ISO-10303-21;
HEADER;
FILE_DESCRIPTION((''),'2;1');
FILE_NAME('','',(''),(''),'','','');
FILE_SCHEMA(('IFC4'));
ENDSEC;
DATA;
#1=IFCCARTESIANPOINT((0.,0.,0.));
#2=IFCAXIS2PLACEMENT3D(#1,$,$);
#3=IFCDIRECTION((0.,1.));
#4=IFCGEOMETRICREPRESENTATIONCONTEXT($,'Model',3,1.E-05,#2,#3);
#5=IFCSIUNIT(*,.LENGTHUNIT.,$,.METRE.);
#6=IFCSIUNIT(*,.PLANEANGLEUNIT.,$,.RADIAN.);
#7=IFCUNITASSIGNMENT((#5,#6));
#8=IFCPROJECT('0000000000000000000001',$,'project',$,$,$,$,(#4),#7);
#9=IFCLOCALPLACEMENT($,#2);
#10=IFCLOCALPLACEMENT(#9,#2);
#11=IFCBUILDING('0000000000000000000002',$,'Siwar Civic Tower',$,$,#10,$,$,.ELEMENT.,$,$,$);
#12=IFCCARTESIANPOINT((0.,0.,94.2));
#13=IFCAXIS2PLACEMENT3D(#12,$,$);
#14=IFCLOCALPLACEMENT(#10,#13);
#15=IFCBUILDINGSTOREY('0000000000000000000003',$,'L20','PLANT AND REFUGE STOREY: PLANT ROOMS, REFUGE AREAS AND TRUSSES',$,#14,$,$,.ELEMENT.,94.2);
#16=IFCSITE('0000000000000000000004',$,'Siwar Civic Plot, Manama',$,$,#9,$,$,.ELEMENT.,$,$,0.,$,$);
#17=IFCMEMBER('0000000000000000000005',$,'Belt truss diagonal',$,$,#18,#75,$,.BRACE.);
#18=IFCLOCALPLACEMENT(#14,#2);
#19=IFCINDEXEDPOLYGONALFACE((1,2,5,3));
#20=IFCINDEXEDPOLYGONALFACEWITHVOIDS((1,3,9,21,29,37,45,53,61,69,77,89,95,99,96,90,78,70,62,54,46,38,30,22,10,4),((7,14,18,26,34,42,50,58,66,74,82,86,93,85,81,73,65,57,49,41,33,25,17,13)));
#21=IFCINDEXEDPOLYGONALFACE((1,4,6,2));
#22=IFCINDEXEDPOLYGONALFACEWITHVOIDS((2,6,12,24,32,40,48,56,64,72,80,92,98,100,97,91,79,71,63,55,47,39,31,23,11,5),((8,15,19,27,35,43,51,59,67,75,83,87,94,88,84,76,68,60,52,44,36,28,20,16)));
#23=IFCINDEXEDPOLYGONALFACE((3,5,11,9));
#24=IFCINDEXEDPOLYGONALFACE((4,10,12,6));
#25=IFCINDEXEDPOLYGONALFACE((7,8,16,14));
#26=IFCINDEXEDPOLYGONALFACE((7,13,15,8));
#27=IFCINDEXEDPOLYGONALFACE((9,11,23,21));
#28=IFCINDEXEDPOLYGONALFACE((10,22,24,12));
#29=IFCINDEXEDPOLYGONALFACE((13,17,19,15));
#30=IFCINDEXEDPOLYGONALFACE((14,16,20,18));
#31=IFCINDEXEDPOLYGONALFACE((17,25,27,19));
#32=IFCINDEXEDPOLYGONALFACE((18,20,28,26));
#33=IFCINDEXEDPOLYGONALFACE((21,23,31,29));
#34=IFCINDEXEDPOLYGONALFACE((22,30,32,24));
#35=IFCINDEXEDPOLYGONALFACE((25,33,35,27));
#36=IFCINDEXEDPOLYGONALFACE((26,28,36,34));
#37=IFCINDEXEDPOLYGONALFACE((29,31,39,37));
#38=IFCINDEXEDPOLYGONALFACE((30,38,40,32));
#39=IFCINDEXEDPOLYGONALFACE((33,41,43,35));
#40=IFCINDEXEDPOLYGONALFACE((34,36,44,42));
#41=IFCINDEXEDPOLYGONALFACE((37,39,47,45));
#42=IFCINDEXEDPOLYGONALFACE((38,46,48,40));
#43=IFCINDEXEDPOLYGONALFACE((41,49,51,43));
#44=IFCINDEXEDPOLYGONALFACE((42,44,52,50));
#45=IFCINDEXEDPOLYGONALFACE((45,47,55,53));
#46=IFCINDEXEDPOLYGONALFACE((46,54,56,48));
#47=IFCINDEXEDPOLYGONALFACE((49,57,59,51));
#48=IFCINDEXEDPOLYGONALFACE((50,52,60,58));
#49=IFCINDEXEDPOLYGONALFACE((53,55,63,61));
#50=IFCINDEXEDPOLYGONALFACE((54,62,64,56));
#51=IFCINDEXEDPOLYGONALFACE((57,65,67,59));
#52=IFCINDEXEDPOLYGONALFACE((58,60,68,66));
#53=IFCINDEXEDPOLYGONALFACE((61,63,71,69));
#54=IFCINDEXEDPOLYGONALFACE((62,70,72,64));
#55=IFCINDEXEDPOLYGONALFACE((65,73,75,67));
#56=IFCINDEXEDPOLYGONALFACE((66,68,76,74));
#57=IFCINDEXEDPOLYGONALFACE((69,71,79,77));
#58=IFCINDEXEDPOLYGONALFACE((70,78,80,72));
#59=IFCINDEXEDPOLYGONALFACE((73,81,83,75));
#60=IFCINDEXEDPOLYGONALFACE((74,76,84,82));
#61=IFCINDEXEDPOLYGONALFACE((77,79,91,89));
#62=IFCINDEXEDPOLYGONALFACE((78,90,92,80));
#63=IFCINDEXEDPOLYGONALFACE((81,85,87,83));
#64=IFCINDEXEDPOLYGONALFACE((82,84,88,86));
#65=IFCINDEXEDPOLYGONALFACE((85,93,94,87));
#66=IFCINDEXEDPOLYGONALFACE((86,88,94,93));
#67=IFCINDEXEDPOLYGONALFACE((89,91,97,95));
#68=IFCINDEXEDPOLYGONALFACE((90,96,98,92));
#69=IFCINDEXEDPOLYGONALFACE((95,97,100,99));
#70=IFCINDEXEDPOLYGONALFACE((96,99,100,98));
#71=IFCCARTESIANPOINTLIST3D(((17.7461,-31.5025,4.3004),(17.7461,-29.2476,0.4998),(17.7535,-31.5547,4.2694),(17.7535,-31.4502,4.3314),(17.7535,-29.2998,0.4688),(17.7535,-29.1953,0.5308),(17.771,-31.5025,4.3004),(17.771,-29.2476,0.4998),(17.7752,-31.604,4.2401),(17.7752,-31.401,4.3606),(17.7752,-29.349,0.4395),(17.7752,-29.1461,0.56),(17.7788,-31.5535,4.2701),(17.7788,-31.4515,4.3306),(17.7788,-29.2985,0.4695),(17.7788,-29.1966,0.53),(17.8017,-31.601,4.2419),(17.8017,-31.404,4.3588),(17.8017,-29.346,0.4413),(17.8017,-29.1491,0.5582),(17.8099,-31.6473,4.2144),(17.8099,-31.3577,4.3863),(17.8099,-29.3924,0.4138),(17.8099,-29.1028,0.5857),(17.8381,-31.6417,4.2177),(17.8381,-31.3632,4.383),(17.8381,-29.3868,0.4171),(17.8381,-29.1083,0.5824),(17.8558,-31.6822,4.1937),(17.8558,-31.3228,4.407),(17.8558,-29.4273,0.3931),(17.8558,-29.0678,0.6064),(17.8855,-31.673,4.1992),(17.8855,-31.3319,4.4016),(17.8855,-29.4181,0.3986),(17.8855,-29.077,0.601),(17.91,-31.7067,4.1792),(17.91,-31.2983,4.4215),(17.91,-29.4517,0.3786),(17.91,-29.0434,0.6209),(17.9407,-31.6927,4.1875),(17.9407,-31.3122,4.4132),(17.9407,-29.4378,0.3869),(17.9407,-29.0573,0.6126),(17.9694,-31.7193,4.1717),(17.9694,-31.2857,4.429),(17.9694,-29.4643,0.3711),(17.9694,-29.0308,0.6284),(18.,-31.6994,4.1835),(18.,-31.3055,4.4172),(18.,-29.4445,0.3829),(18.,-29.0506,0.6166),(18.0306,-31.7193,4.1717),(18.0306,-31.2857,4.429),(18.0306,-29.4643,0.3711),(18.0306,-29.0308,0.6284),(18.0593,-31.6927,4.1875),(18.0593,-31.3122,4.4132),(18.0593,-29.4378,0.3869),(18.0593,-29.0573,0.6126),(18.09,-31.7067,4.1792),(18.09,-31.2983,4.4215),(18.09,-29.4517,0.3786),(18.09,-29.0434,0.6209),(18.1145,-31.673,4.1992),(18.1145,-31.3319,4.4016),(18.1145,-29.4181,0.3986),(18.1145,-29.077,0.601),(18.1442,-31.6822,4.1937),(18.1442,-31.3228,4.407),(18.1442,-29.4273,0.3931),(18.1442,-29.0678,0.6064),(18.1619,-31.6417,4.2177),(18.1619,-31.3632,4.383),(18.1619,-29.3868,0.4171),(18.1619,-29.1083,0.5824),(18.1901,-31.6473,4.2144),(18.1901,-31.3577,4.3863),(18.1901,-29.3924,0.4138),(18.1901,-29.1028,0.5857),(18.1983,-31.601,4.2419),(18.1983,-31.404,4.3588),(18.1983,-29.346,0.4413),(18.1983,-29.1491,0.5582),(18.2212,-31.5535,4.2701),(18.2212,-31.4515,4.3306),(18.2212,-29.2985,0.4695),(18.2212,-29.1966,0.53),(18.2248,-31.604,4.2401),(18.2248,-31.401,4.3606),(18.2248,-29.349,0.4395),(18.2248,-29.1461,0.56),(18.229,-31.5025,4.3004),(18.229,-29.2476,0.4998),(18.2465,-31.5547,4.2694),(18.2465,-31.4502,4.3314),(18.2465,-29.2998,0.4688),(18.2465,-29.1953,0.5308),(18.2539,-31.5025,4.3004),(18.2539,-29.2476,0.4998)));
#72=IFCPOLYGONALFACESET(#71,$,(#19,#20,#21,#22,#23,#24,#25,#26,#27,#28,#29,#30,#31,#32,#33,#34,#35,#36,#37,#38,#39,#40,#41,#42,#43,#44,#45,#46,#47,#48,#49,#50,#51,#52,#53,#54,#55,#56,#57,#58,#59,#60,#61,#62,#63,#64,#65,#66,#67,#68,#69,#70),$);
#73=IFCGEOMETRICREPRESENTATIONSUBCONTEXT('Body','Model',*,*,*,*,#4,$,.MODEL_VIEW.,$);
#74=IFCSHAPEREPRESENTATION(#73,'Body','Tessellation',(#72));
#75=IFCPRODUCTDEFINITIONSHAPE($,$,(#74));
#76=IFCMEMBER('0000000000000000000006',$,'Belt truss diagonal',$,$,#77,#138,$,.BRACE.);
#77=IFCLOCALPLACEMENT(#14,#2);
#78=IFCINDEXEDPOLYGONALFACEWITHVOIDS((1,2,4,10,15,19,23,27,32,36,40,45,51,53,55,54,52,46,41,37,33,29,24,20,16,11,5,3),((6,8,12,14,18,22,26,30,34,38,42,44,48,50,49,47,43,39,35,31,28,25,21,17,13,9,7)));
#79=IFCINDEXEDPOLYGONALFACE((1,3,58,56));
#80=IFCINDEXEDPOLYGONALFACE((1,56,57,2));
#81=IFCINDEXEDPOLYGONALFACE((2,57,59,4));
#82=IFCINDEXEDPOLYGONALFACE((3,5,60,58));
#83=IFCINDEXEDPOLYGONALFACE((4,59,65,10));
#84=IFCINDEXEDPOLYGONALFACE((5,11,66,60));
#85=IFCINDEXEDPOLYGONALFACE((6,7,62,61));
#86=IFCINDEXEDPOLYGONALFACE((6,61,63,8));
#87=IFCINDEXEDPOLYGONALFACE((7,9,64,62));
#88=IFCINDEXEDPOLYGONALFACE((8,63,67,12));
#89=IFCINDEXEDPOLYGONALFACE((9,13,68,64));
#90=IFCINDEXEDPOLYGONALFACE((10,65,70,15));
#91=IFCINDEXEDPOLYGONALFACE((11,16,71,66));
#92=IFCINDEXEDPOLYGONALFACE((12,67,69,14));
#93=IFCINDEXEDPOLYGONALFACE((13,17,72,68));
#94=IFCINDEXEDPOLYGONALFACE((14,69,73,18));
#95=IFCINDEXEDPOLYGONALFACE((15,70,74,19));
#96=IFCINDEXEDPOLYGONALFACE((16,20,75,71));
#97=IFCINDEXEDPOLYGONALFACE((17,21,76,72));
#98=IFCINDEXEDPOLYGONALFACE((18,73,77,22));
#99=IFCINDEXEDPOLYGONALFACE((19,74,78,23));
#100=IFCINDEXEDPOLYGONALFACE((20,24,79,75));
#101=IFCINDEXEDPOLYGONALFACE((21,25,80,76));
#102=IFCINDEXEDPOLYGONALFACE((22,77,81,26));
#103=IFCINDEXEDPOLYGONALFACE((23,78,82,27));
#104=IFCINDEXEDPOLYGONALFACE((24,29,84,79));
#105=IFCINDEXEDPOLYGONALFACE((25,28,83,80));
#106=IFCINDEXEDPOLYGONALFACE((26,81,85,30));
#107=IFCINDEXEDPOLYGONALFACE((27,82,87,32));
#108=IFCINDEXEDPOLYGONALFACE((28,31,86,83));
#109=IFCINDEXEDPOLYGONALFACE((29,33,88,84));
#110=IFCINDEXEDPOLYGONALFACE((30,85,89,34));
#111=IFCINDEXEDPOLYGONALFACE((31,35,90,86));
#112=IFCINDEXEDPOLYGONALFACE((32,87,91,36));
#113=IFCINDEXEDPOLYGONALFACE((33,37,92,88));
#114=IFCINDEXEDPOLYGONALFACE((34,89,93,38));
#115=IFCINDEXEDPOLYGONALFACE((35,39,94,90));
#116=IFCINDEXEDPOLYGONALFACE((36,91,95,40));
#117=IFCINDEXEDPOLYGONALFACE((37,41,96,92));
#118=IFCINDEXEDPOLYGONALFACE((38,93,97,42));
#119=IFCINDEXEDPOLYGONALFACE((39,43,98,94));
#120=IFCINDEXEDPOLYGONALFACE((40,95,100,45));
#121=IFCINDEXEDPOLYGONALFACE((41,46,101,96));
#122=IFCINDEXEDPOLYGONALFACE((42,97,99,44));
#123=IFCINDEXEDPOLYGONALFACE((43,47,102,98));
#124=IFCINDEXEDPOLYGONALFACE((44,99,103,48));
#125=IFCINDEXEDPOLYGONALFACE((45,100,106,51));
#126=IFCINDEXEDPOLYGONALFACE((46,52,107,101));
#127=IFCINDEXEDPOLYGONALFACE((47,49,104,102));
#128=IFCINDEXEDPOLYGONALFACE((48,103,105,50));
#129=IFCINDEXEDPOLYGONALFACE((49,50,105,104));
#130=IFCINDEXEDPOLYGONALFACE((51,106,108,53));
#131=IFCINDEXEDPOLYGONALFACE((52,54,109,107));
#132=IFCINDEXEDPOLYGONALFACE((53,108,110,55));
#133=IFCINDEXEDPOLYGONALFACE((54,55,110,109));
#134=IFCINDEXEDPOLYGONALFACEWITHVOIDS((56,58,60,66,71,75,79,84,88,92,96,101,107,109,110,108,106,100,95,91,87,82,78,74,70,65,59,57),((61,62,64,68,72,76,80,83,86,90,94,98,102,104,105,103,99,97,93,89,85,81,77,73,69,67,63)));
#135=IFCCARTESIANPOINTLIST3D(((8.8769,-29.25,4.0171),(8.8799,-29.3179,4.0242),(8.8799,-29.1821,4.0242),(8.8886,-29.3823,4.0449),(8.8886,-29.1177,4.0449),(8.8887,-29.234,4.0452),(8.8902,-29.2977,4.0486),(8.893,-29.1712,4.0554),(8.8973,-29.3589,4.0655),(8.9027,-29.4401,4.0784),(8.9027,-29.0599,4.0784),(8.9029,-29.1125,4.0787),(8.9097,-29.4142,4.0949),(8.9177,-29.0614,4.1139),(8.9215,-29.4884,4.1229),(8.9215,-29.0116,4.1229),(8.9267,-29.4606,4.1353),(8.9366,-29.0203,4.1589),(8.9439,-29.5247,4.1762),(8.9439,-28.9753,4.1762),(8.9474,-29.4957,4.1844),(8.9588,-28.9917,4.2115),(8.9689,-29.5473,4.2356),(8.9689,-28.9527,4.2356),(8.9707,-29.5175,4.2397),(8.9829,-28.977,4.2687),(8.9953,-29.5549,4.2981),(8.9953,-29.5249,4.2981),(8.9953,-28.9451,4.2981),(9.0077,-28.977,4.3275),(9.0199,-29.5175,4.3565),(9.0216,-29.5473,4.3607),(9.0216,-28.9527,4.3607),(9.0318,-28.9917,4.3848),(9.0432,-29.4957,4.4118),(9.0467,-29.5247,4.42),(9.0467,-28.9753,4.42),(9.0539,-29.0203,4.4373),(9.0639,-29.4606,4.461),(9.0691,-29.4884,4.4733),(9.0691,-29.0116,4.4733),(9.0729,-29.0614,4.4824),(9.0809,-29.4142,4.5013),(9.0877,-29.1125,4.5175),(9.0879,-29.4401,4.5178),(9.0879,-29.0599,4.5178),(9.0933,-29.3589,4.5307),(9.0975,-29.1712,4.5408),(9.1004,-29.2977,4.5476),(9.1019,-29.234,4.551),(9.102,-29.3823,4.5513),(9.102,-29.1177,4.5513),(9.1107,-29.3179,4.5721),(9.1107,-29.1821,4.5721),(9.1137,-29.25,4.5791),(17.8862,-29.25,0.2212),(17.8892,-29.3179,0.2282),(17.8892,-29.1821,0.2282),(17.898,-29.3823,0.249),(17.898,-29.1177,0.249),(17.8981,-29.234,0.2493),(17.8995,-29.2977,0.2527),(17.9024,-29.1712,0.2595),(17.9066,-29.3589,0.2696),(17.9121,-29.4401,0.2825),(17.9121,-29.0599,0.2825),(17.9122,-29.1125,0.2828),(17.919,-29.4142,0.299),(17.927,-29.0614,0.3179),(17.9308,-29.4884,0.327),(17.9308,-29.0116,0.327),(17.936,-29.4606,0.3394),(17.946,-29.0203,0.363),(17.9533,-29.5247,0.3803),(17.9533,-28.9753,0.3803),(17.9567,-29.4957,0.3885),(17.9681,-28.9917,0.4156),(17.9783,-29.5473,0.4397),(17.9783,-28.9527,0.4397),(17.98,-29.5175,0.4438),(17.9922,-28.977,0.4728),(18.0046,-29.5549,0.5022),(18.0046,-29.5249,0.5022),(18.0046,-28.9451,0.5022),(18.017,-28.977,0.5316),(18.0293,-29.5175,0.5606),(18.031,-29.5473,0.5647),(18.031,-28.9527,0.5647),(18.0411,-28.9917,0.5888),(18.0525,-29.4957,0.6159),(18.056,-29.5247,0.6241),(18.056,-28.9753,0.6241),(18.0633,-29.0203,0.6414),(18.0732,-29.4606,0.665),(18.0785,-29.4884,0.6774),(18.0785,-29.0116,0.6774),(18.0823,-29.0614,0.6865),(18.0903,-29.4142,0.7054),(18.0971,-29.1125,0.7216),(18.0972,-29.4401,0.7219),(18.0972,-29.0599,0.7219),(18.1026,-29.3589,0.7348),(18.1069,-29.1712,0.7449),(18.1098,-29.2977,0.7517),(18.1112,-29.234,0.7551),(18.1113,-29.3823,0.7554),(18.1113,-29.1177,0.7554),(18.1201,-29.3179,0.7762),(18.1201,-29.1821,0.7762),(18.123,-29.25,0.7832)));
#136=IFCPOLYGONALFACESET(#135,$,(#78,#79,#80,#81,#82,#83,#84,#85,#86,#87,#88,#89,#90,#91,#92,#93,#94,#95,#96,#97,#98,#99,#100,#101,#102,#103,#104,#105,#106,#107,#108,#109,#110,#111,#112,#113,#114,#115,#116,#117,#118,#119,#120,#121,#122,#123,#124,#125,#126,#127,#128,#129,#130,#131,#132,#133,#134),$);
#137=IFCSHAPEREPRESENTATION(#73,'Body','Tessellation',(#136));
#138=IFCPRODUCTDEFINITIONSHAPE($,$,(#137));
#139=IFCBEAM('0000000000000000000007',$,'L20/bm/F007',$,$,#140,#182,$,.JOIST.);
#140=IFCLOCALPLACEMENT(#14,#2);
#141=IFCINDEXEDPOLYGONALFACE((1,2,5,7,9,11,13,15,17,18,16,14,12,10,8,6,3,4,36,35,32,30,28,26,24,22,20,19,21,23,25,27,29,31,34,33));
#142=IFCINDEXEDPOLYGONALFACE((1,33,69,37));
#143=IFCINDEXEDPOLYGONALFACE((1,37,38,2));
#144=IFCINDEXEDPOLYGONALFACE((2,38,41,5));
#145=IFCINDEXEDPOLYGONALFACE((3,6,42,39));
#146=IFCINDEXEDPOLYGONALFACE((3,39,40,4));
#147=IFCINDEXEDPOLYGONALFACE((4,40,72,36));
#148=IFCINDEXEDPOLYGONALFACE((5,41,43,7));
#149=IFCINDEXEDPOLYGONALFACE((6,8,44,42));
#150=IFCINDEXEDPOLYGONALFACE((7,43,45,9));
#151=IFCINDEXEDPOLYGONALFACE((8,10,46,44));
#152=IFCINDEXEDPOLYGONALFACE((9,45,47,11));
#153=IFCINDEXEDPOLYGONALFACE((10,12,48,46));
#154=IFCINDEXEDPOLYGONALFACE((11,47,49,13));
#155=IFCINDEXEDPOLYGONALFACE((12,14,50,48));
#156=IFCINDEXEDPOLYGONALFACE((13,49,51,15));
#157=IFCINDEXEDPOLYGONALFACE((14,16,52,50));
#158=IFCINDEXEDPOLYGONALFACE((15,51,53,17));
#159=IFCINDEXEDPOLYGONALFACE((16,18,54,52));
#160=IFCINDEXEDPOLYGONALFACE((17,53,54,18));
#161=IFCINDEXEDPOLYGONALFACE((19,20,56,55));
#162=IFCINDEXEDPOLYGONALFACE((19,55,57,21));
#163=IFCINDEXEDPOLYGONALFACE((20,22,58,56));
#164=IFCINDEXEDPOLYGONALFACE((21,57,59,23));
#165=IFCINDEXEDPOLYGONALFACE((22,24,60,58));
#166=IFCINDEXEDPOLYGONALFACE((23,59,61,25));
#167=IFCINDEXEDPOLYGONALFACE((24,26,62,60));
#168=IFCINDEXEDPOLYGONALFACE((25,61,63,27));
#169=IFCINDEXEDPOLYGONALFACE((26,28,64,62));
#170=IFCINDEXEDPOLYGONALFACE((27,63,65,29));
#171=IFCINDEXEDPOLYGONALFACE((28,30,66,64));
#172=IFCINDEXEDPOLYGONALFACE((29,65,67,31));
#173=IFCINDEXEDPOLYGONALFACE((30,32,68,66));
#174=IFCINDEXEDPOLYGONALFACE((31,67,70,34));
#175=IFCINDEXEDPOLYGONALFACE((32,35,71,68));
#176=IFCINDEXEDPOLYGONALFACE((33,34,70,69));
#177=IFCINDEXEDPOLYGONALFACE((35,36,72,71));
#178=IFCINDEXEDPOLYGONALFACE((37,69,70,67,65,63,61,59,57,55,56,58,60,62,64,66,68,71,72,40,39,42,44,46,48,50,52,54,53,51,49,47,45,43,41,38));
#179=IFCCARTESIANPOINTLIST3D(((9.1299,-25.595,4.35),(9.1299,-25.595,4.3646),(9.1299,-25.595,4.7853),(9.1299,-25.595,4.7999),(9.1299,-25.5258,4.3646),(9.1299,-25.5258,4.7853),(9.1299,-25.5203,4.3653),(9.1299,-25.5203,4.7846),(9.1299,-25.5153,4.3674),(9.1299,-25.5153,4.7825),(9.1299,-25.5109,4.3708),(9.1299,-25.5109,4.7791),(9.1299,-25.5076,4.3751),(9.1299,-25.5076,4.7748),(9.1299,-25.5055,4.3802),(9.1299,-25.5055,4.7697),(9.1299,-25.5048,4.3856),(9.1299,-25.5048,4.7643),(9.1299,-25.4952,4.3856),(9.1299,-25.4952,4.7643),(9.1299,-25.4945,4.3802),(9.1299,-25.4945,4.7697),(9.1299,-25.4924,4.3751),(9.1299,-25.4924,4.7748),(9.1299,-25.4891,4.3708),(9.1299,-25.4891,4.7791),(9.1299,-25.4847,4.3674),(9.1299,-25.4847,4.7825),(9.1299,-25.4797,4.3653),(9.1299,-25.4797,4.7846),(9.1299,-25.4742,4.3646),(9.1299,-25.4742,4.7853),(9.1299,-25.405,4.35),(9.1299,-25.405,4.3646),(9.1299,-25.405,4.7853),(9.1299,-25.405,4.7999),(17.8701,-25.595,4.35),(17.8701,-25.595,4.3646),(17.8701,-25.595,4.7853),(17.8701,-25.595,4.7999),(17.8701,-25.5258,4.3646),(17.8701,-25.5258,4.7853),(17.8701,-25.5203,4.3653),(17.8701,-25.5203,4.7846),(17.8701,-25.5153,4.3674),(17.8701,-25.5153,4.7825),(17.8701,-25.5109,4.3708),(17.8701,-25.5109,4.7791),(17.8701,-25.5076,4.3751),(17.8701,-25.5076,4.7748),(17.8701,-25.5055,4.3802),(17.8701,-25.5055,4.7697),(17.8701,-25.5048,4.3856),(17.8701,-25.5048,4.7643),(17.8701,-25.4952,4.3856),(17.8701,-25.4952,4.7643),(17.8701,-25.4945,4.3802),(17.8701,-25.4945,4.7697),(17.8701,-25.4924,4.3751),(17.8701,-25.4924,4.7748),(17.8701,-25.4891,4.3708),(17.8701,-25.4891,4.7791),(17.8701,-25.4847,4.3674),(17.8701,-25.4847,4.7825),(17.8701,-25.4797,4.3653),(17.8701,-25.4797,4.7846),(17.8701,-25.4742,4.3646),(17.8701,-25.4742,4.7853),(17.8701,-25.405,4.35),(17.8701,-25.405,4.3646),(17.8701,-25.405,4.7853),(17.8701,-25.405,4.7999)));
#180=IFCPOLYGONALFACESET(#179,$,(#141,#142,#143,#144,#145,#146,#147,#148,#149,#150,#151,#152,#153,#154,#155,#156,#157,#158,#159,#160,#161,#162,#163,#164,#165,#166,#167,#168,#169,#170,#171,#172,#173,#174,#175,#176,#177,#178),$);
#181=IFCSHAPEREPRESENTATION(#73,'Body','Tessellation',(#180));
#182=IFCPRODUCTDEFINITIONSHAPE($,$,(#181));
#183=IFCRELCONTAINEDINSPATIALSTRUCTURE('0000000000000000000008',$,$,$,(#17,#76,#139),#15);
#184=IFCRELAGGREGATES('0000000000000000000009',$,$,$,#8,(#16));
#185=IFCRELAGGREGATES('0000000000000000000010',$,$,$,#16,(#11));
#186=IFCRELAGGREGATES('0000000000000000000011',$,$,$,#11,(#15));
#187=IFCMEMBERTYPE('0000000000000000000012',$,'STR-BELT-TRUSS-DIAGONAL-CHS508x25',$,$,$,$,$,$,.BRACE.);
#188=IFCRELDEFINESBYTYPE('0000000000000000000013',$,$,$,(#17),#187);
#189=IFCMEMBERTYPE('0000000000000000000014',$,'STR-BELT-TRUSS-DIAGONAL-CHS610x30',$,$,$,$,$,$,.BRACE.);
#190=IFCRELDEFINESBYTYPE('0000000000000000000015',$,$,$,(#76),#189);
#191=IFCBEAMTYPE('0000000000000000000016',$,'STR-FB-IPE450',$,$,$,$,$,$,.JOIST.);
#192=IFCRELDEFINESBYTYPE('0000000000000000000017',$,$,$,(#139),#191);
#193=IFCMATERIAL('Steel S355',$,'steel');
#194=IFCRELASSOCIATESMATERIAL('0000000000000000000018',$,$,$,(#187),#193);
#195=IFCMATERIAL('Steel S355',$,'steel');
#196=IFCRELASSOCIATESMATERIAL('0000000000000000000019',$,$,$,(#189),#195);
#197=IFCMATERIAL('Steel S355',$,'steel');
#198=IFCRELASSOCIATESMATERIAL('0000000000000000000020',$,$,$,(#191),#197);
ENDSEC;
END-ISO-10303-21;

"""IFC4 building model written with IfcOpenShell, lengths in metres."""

from ifc_helpers import new_model, si_unit, direction, frame, origin, origin_2d, place, context, subcontext, project, spatial, hollow_circle, i_section, extrude, material, material_profile, profile_set, type_object, element, save


model = new_model("IFC4")

# Units and contexts
model_context = context("Model", 3, precision=1e-05, world=origin(), true_north=direction((0.0, 1.0)))
body_context = subcontext(model_context, "Body", "Model", "MODEL_VIEW")
ifc_project = project(units=[si_unit("LENGTHUNIT", "METRE"), si_unit("PLANEANGLEUNIT", "RADIAN")], contexts=[model_context])

# Site, building, storey
site_placement = place(None, origin())
site = spatial("IfcSite", under=ifc_project, at=site_placement, Name="Siwar Civic Plot, Manama", CompositionType="ELEMENT", RefElevation=0.0)
building_placement = place(site_placement, origin())
building = spatial("IfcBuilding", under=site, at=building_placement, Name="Siwar Civic Tower", CompositionType="ELEMENT")
storey_placement = place(building_placement, frame((0.0, 0.0, 94.2)))
storey = spatial("IfcBuildingStorey", under=building, at=storey_placement, Name="L20", Description="PLANT AND REFUGE STOREY: PLANT ROOMS, REFUGE AREAS AND TRUSSES", CompositionType="ELEMENT", Elevation=94.2)

# Members
ifc_material_1 = material(Name="Steel S355", Category="steel")
ifc_material_profile_1 = material_profile(ifc_material_1, hollow_circle(Radius=0.2539, WallThickness=0.0249, at=origin_2d()), Name="CHS508x25")
ifc_profile_set_1 = profile_set([ifc_material_profile_1], Name="Steel S355")
member_type_1 = type_object("IfcMemberType", Name="STR-BELT-TRUSS-DIAGONAL-CHS508x25", PredefinedType="BRACE", material=ifc_profile_set_1)
member_1_placement = place(storey_placement, frame((18.0, -29.2476, 0.4998), z_axis=(0.0, -0.510257, 0.860022), x_axis=(1.0, 0.0, 0.0)))
element("IfcMember", 1, at=member_1_placement, inside=storey, type_object=member_type_1, Name="Belt truss diagonal", PredefinedType="BRACE", context=body_context, shape_type="SweptSolid", body=[
    extrude(hollow_circle(Radius=0.2539, WallThickness=0.0249, at=origin_2d()), origin(), (0.0, 0.0, 1.0), 4.4192),
])
ifc_material_2 = material(Name="Steel S355", Category="steel")
ifc_material_profile_2 = material_profile(ifc_material_2, hollow_circle(Radius=0.3049, WallThickness=0.03, at=origin_2d()), Name="CHS610x30")
ifc_profile_set_2 = profile_set([ifc_material_profile_2], Name="Steel S355")
member_type_2 = type_object("IfcMemberType", Name="STR-BELT-TRUSS-DIAGONAL-CHS610x30", PredefinedType="BRACE", material=ifc_profile_set_2)
member_2_placement = place(storey_placement, frame((18.0046, -29.25, 0.5022), z_axis=(-0.921543, 0.0, 0.388276), x_axis=(0.0, -1.0, 0.0)))
element("IfcMember", 2, at=member_2_placement, inside=storey, type_object=member_type_2, Name="Belt truss diagonal", PredefinedType="BRACE", context=body_context, shape_type="SweptSolid", body=[
    extrude(hollow_circle(Radius=0.3049, WallThickness=0.03, at=origin_2d()), origin(), (0.0, 0.0, 1.0), 9.7764),
])

# Beam
ifc_material_3 = material(Name="Steel S355", Category="steel")
ifc_material_profile_3 = material_profile(ifc_material_3, i_section(OverallWidth=0.1899, OverallDepth=0.45, WebThickness=0.0095, FlangeThickness=0.0146, FilletRadius=0.021, at=origin_2d()), Name="IPE450")
ifc_profile_set_3 = profile_set([ifc_material_profile_3], Name="Steel S355")
beam_type = type_object("IfcBeamType", Name="STR-FB-IPE450", PredefinedType="JOIST", material=ifc_profile_set_3)
beam_1_placement = place(storey_placement, frame((9.1299, -25.5, 4.575), z_axis=(1.0, 0.0, 0.0), x_axis=(0.0, 1.0, 0.0)))
element("IfcBeam", 3, at=beam_1_placement, inside=storey, type_object=beam_type, Name="L20/bm/F007", PredefinedType="JOIST", context=body_context, shape_type="SweptSolid", body=[
    extrude(i_section(OverallWidth=0.1899, OverallDepth=0.45, WebThickness=0.0095, FlangeThickness=0.0146, FilletRadius=0.021, at=origin_2d()), origin(), (0.0, 0.0, 1.0), 8.7402),
])

save(model, "model.ifc")
